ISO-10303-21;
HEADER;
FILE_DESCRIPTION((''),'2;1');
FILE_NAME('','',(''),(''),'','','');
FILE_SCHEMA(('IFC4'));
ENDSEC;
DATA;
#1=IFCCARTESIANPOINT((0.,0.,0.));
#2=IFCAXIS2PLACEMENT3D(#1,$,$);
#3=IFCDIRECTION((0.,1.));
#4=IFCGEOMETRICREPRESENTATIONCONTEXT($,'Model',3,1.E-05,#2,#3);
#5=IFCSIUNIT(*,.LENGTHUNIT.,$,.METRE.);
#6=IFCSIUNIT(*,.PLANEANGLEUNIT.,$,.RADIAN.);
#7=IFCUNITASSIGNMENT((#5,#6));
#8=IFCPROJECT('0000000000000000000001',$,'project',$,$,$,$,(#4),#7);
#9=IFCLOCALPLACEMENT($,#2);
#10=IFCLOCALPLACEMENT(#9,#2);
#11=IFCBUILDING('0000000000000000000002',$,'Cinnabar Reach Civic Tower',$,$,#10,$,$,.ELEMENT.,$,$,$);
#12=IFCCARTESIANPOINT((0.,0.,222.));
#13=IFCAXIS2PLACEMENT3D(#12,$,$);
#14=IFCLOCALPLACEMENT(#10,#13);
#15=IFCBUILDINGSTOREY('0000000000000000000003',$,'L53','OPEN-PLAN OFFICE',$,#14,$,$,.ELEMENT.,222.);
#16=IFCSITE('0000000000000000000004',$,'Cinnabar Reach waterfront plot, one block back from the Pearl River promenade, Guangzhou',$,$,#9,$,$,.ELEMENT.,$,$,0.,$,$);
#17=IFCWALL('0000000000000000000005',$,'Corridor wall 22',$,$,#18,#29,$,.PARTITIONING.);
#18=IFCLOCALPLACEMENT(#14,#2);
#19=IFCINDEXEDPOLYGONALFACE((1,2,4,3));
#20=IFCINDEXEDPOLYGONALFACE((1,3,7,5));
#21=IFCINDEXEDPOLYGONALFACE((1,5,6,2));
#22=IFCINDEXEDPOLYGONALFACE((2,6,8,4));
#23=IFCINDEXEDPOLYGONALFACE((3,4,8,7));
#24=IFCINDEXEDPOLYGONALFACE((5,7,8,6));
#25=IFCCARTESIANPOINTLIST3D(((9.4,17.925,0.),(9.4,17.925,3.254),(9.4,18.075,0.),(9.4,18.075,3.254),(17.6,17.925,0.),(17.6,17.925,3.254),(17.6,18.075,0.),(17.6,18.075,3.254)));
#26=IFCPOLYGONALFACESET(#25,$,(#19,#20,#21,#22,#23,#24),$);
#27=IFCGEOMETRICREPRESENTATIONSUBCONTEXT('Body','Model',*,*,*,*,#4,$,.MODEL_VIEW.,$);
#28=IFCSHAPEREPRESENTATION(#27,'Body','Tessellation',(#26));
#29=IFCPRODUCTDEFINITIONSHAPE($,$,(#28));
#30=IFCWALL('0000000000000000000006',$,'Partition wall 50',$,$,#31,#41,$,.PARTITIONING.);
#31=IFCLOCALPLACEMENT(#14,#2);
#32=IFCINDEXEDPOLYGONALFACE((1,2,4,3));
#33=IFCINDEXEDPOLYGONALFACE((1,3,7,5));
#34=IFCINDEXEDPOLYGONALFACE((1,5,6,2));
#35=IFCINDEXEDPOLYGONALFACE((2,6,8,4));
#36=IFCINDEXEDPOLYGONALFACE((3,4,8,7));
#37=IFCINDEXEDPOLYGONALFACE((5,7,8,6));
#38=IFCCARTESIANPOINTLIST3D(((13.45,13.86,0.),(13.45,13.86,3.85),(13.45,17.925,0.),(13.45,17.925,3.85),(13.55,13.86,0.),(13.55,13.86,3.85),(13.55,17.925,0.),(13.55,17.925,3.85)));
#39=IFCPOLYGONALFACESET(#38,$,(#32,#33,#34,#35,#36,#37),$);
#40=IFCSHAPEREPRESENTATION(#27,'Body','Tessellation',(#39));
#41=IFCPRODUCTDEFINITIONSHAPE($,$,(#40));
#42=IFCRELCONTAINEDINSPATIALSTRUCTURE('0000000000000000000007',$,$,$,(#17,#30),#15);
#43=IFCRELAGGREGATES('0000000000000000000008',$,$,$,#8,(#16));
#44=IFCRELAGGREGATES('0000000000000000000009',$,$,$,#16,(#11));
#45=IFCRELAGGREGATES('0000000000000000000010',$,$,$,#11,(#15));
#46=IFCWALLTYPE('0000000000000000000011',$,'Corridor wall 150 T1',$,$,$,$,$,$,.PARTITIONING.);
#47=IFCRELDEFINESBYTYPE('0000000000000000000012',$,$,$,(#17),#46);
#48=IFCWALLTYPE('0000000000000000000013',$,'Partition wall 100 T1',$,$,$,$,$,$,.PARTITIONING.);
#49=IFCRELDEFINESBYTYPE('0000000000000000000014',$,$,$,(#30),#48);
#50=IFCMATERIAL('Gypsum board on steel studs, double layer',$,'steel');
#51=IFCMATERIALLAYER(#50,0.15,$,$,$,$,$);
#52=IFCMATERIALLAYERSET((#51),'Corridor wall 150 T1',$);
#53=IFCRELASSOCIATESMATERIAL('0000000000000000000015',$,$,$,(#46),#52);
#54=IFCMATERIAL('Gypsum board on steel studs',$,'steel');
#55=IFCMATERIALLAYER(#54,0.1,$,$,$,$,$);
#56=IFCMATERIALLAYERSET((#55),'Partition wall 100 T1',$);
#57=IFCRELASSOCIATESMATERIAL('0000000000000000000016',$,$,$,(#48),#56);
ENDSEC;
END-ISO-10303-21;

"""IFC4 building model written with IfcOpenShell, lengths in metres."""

from ifc_helpers import new_model, si_unit, direction, frame, frame_2d, origin, place, context, subcontext, project, spatial, rectangle, extrude, material, layer, layer_set, type_object, element, save


model = new_model("IFC4")

# Units and contexts
model_context = context("Model", 3, precision=1e-05, world=origin(), true_north=direction((0.0, 1.0)))
body_context = subcontext(model_context, "Body", "Model", "MODEL_VIEW")
ifc_project = project(units=[si_unit("LENGTHUNIT", "METRE"), si_unit("PLANEANGLEUNIT", "RADIAN")], contexts=[model_context])

# Site, building, storey
site_placement = place(None, origin())
site = spatial("IfcSite", under=ifc_project, at=site_placement, Name="Cinnabar Reach waterfront plot, one block back from the Pearl River promenade, Guangzhou", CompositionType="ELEMENT", RefElevation=0.0)
building_placement = place(site_placement, origin())
building = spatial("IfcBuilding", under=site, at=building_placement, Name="Cinnabar Reach Civic Tower", CompositionType="ELEMENT")
storey_placement = place(building_placement, frame((0.0, 0.0, 222.0)))
storey = spatial("IfcBuildingStorey", under=building, at=storey_placement, Name="L53", Description="OPEN-PLAN OFFICE", CompositionType="ELEMENT", Elevation=222.0)

# Walls
ifc_material_1 = material(Name="Gypsum board on steel studs, double layer", Category="steel")
ifc_layer_1 = layer(ifc_material_1, 0.15)
ifc_layer_set_1 = layer_set([ifc_layer_1], Name="Corridor wall 150 T1")
wall_type_1 = type_object("IfcWallType", Name="Corridor wall 150 T1", PredefinedType="PARTITIONING", material=ifc_layer_set_1)
wall_1_placement = place(storey_placement, frame((9.4, 18.0, 0.0), z_axis=(0.0, 0.0, 1.0), x_axis=(1.0, 0.0, 0.0)))
element("IfcWall", 1, at=wall_1_placement, inside=storey, type_object=wall_type_1, Name="Corridor wall 22", PredefinedType="PARTITIONING", context=body_context, shape_type="SweptSolid", body=[
    extrude(rectangle(XDim=8.2, YDim=0.15, at=frame_2d((4.1, 0.0))), origin(), (0.0, 0.0, 1.0), 3.254),
])
ifc_material_2 = material(Name="Gypsum board on steel studs", Category="steel")
ifc_layer_2 = layer(ifc_material_2, 0.1)
ifc_layer_set_2 = layer_set([ifc_layer_2], Name="Partition wall 100 T1")
wall_type_2 = type_object("IfcWallType", Name="Partition wall 100 T1", PredefinedType="PARTITIONING", material=ifc_layer_set_2)
wall_2_placement = place(storey_placement, frame((13.5, 13.86, 0.0), z_axis=(0.0, 0.0, 1.0), x_axis=(0.0, 1.0, 0.0)))
element("IfcWall", 2, at=wall_2_placement, inside=storey, type_object=wall_type_2, Name="Partition wall 50", PredefinedType="PARTITIONING", context=body_context, shape_type="SweptSolid", body=[
    extrude(rectangle(XDim=4.065, YDim=0.1, at=frame_2d((2.0325, 0.0))), origin(), (0.0, 0.0, 1.0), 3.85),
])

save(model, "model.ifc")
